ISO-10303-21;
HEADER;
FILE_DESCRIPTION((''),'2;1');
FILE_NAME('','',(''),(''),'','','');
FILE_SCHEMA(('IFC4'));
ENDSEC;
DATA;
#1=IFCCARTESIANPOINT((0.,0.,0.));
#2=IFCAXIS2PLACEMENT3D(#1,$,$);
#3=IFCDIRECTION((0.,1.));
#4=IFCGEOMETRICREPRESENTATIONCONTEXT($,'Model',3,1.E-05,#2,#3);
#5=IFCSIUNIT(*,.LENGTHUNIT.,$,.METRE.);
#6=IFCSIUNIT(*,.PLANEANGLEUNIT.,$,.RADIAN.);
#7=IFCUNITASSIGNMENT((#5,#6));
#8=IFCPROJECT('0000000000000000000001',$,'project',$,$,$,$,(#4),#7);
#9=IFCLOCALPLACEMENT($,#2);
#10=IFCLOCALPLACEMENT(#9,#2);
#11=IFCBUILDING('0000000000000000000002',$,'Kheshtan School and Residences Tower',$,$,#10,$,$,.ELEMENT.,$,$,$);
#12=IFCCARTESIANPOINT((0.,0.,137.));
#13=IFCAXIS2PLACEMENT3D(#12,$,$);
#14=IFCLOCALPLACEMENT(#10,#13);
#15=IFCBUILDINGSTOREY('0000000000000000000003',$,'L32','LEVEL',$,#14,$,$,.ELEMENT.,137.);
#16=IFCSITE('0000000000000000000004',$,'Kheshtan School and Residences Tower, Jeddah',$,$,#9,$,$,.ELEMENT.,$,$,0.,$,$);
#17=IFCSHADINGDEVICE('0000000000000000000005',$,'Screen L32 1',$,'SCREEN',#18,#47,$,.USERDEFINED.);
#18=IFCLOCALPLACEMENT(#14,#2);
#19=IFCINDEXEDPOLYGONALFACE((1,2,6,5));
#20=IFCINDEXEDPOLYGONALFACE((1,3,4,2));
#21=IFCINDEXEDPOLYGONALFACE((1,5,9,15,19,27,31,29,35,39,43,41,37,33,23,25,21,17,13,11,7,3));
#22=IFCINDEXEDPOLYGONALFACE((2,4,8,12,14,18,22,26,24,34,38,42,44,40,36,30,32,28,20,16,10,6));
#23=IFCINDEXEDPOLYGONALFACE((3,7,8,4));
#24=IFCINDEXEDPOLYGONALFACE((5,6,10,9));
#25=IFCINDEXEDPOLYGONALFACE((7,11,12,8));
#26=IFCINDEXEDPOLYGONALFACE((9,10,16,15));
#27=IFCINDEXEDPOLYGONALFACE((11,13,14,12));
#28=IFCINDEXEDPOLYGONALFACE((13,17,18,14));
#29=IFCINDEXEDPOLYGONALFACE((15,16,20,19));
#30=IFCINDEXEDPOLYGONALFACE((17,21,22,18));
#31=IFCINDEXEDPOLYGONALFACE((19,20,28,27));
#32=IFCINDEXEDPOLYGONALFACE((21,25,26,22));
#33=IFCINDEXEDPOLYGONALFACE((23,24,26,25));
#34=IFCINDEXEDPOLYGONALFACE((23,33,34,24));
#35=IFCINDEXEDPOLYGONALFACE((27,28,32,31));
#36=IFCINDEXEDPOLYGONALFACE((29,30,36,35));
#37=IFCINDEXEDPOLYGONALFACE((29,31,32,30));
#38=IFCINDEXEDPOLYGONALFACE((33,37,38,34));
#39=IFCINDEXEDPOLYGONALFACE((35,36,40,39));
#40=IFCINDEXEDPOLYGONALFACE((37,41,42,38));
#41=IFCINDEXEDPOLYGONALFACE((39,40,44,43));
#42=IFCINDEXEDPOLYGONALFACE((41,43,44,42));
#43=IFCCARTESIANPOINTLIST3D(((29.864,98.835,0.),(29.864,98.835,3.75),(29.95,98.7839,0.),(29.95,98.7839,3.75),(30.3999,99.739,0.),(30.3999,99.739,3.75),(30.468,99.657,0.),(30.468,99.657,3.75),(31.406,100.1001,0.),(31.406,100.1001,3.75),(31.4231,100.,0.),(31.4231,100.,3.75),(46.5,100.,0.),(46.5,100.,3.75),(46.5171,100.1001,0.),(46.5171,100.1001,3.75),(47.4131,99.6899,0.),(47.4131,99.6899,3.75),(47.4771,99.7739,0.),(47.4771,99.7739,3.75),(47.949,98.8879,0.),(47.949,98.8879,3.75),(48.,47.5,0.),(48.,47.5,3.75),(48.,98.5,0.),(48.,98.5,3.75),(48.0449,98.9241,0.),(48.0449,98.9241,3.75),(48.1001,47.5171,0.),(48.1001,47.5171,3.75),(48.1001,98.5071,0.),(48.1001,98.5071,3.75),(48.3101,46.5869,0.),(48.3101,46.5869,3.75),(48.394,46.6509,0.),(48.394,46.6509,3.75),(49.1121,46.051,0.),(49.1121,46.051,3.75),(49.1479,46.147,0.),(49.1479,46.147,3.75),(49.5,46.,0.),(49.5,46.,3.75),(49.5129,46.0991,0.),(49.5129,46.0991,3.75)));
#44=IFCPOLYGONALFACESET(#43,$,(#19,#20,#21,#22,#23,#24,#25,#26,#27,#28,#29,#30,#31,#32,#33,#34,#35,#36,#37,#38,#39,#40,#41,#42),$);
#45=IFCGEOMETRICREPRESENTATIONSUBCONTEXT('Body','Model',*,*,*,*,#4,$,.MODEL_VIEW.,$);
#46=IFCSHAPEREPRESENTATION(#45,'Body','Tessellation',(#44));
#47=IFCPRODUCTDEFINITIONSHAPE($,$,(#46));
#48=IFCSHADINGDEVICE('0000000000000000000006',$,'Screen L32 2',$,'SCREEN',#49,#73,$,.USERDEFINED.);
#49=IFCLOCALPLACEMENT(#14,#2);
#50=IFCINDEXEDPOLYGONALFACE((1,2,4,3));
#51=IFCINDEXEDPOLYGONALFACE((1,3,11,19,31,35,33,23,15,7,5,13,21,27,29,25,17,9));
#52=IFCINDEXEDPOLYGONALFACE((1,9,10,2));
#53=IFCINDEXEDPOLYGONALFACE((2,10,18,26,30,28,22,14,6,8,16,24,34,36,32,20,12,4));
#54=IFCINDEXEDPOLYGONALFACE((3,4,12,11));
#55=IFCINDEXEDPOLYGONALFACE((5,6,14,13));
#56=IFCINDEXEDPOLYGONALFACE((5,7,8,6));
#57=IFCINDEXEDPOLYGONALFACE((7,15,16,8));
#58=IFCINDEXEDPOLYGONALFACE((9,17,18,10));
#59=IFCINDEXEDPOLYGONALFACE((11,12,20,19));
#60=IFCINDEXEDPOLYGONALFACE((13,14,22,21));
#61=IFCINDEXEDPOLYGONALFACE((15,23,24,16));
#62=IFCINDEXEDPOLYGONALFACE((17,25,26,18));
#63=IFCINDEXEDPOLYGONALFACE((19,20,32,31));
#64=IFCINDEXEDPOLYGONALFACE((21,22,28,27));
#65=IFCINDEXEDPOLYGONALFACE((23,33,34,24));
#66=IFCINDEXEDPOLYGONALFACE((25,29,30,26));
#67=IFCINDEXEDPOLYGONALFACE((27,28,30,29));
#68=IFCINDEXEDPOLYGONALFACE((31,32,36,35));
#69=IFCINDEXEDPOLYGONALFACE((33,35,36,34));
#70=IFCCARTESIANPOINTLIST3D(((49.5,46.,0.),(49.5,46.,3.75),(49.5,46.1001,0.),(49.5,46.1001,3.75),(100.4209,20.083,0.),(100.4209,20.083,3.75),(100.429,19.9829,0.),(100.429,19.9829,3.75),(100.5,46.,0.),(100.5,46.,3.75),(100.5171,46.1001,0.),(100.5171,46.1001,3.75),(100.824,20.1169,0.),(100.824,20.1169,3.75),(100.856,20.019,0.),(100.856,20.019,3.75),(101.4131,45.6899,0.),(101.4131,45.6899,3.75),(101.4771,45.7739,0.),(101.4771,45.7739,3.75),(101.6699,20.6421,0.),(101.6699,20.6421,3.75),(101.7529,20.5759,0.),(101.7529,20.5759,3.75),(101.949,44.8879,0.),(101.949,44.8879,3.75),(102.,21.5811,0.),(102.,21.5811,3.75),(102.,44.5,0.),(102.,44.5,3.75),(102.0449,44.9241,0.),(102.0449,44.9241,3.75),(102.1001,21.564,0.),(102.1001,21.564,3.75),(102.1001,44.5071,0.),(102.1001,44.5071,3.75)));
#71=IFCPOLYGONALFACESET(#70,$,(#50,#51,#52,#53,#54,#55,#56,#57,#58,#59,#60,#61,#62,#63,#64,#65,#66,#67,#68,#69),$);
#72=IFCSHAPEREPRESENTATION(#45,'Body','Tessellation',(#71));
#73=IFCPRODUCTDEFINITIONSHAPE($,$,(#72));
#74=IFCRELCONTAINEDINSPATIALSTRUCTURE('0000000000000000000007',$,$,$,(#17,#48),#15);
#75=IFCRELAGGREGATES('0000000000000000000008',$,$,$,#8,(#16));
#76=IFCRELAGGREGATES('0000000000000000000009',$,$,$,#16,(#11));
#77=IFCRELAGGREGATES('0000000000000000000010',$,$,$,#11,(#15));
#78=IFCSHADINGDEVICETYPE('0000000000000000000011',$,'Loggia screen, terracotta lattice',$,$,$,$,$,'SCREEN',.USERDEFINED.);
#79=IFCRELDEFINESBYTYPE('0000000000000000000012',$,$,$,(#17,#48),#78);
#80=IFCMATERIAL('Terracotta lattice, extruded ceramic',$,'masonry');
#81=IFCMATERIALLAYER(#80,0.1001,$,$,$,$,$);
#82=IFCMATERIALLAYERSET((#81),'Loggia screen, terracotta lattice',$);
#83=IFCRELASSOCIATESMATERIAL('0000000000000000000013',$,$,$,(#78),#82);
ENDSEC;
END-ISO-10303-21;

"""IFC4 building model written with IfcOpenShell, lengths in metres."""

from ifc_helpers import new_model, si_unit, direction, frame, origin, place, context, subcontext, project, spatial, polyline, outline, extrude, material, layer, layer_set, type_object, element, save


model = new_model("IFC4")

# Units and contexts
model_context = context("Model", 3, precision=1e-05, world=origin(), true_north=direction((0.0, 1.0)))
body_context = subcontext(model_context, "Body", "Model", "MODEL_VIEW")
ifc_project = project(units=[si_unit("LENGTHUNIT", "METRE"), si_unit("PLANEANGLEUNIT", "RADIAN")], contexts=[model_context])

# Site, building, storey
site_placement = place(None, origin())
site = spatial("IfcSite", under=ifc_project, at=site_placement, Name="Kheshtan School and Residences Tower, Jeddah", CompositionType="ELEMENT", RefElevation=0.0)
building_placement = place(site_placement, origin())
building = spatial("IfcBuilding", under=site, at=building_placement, Name="Kheshtan School and Residences Tower", CompositionType="ELEMENT")
storey_placement = place(building_placement, frame((0.0, 0.0, 137.0)))
storey = spatial("IfcBuildingStorey", under=building, at=storey_placement, Name="L32", Description="LEVEL", CompositionType="ELEMENT", Elevation=137.0)

# Shading devices
ifc_material_1 = material(Name="Terracotta lattice, extruded ceramic", Category="masonry")
ifc_layer_1 = layer(ifc_material_1, 0.1001)
ifc_layer_set_1 = layer_set([ifc_layer_1], Name="Loggia screen, terracotta lattice")
shading_device_type_1 = type_object("IfcShadingDeviceType", Name="Loggia screen, terracotta lattice", ElementType="SCREEN", PredefinedType="USERDEFINED", material=ifc_layer_set_1)
shading_device_1_placement = place(storey_placement, origin())
element("IfcShadingDevice", 1, at=shading_device_1_placement, inside=storey, type_object=shading_device_type_1, Name="Screen L32 1", ObjectType="SCREEN", PredefinedType="USERDEFINED", context=body_context, shape_type="SweptSolid", body=[
    extrude(outline(polyline([(29.95, 98.7839), (30.468, 99.657), (31.4231, 100.0), (46.5, 100.0), (47.4131, 99.6899), (47.949, 98.8879), (48.0, 98.5), (48.0, 47.5), (48.3101, 46.5869), (49.1121, 46.051), (49.5, 46.0), (49.5129, 46.0991), (49.1479, 46.147), (48.394, 46.6509), (48.1001, 47.5171), (48.1001, 98.5071), (48.0449, 98.9241), (47.4771, 99.7739), (46.5171, 100.1001), (31.406, 100.1001), (30.3999, 99.739), (29.864, 98.835), (29.95, 98.7839)])), origin(), (0.0, 0.0, 1.0), 3.75),
])
shading_device_2_placement = place(storey_placement, origin())
element("IfcShadingDevice", 2, at=shading_device_2_placement, inside=storey, type_object=shading_device_type_1, Name="Screen L32 2", ObjectType="SCREEN", PredefinedType="USERDEFINED", context=body_context, shape_type="SweptSolid", body=[
    extrude(outline(polyline([(49.5, 46.0), (100.5, 46.0), (101.4131, 45.6899), (101.949, 44.8879), (102.0, 44.5), (102.0, 21.5811), (101.6699, 20.6421), (100.824, 20.1169), (100.4209, 20.083), (100.429, 19.9829), (100.856, 20.019), (101.7529, 20.5759), (102.1001, 21.564), (102.1001, 44.5071), (102.0449, 44.9241), (101.4771, 45.7739), (100.5171, 46.1001), (49.5, 46.1001), (49.5, 46.0)])), origin(), (0.0, 0.0, 1.0), 3.75),
])

save(model, "model.ifc")
